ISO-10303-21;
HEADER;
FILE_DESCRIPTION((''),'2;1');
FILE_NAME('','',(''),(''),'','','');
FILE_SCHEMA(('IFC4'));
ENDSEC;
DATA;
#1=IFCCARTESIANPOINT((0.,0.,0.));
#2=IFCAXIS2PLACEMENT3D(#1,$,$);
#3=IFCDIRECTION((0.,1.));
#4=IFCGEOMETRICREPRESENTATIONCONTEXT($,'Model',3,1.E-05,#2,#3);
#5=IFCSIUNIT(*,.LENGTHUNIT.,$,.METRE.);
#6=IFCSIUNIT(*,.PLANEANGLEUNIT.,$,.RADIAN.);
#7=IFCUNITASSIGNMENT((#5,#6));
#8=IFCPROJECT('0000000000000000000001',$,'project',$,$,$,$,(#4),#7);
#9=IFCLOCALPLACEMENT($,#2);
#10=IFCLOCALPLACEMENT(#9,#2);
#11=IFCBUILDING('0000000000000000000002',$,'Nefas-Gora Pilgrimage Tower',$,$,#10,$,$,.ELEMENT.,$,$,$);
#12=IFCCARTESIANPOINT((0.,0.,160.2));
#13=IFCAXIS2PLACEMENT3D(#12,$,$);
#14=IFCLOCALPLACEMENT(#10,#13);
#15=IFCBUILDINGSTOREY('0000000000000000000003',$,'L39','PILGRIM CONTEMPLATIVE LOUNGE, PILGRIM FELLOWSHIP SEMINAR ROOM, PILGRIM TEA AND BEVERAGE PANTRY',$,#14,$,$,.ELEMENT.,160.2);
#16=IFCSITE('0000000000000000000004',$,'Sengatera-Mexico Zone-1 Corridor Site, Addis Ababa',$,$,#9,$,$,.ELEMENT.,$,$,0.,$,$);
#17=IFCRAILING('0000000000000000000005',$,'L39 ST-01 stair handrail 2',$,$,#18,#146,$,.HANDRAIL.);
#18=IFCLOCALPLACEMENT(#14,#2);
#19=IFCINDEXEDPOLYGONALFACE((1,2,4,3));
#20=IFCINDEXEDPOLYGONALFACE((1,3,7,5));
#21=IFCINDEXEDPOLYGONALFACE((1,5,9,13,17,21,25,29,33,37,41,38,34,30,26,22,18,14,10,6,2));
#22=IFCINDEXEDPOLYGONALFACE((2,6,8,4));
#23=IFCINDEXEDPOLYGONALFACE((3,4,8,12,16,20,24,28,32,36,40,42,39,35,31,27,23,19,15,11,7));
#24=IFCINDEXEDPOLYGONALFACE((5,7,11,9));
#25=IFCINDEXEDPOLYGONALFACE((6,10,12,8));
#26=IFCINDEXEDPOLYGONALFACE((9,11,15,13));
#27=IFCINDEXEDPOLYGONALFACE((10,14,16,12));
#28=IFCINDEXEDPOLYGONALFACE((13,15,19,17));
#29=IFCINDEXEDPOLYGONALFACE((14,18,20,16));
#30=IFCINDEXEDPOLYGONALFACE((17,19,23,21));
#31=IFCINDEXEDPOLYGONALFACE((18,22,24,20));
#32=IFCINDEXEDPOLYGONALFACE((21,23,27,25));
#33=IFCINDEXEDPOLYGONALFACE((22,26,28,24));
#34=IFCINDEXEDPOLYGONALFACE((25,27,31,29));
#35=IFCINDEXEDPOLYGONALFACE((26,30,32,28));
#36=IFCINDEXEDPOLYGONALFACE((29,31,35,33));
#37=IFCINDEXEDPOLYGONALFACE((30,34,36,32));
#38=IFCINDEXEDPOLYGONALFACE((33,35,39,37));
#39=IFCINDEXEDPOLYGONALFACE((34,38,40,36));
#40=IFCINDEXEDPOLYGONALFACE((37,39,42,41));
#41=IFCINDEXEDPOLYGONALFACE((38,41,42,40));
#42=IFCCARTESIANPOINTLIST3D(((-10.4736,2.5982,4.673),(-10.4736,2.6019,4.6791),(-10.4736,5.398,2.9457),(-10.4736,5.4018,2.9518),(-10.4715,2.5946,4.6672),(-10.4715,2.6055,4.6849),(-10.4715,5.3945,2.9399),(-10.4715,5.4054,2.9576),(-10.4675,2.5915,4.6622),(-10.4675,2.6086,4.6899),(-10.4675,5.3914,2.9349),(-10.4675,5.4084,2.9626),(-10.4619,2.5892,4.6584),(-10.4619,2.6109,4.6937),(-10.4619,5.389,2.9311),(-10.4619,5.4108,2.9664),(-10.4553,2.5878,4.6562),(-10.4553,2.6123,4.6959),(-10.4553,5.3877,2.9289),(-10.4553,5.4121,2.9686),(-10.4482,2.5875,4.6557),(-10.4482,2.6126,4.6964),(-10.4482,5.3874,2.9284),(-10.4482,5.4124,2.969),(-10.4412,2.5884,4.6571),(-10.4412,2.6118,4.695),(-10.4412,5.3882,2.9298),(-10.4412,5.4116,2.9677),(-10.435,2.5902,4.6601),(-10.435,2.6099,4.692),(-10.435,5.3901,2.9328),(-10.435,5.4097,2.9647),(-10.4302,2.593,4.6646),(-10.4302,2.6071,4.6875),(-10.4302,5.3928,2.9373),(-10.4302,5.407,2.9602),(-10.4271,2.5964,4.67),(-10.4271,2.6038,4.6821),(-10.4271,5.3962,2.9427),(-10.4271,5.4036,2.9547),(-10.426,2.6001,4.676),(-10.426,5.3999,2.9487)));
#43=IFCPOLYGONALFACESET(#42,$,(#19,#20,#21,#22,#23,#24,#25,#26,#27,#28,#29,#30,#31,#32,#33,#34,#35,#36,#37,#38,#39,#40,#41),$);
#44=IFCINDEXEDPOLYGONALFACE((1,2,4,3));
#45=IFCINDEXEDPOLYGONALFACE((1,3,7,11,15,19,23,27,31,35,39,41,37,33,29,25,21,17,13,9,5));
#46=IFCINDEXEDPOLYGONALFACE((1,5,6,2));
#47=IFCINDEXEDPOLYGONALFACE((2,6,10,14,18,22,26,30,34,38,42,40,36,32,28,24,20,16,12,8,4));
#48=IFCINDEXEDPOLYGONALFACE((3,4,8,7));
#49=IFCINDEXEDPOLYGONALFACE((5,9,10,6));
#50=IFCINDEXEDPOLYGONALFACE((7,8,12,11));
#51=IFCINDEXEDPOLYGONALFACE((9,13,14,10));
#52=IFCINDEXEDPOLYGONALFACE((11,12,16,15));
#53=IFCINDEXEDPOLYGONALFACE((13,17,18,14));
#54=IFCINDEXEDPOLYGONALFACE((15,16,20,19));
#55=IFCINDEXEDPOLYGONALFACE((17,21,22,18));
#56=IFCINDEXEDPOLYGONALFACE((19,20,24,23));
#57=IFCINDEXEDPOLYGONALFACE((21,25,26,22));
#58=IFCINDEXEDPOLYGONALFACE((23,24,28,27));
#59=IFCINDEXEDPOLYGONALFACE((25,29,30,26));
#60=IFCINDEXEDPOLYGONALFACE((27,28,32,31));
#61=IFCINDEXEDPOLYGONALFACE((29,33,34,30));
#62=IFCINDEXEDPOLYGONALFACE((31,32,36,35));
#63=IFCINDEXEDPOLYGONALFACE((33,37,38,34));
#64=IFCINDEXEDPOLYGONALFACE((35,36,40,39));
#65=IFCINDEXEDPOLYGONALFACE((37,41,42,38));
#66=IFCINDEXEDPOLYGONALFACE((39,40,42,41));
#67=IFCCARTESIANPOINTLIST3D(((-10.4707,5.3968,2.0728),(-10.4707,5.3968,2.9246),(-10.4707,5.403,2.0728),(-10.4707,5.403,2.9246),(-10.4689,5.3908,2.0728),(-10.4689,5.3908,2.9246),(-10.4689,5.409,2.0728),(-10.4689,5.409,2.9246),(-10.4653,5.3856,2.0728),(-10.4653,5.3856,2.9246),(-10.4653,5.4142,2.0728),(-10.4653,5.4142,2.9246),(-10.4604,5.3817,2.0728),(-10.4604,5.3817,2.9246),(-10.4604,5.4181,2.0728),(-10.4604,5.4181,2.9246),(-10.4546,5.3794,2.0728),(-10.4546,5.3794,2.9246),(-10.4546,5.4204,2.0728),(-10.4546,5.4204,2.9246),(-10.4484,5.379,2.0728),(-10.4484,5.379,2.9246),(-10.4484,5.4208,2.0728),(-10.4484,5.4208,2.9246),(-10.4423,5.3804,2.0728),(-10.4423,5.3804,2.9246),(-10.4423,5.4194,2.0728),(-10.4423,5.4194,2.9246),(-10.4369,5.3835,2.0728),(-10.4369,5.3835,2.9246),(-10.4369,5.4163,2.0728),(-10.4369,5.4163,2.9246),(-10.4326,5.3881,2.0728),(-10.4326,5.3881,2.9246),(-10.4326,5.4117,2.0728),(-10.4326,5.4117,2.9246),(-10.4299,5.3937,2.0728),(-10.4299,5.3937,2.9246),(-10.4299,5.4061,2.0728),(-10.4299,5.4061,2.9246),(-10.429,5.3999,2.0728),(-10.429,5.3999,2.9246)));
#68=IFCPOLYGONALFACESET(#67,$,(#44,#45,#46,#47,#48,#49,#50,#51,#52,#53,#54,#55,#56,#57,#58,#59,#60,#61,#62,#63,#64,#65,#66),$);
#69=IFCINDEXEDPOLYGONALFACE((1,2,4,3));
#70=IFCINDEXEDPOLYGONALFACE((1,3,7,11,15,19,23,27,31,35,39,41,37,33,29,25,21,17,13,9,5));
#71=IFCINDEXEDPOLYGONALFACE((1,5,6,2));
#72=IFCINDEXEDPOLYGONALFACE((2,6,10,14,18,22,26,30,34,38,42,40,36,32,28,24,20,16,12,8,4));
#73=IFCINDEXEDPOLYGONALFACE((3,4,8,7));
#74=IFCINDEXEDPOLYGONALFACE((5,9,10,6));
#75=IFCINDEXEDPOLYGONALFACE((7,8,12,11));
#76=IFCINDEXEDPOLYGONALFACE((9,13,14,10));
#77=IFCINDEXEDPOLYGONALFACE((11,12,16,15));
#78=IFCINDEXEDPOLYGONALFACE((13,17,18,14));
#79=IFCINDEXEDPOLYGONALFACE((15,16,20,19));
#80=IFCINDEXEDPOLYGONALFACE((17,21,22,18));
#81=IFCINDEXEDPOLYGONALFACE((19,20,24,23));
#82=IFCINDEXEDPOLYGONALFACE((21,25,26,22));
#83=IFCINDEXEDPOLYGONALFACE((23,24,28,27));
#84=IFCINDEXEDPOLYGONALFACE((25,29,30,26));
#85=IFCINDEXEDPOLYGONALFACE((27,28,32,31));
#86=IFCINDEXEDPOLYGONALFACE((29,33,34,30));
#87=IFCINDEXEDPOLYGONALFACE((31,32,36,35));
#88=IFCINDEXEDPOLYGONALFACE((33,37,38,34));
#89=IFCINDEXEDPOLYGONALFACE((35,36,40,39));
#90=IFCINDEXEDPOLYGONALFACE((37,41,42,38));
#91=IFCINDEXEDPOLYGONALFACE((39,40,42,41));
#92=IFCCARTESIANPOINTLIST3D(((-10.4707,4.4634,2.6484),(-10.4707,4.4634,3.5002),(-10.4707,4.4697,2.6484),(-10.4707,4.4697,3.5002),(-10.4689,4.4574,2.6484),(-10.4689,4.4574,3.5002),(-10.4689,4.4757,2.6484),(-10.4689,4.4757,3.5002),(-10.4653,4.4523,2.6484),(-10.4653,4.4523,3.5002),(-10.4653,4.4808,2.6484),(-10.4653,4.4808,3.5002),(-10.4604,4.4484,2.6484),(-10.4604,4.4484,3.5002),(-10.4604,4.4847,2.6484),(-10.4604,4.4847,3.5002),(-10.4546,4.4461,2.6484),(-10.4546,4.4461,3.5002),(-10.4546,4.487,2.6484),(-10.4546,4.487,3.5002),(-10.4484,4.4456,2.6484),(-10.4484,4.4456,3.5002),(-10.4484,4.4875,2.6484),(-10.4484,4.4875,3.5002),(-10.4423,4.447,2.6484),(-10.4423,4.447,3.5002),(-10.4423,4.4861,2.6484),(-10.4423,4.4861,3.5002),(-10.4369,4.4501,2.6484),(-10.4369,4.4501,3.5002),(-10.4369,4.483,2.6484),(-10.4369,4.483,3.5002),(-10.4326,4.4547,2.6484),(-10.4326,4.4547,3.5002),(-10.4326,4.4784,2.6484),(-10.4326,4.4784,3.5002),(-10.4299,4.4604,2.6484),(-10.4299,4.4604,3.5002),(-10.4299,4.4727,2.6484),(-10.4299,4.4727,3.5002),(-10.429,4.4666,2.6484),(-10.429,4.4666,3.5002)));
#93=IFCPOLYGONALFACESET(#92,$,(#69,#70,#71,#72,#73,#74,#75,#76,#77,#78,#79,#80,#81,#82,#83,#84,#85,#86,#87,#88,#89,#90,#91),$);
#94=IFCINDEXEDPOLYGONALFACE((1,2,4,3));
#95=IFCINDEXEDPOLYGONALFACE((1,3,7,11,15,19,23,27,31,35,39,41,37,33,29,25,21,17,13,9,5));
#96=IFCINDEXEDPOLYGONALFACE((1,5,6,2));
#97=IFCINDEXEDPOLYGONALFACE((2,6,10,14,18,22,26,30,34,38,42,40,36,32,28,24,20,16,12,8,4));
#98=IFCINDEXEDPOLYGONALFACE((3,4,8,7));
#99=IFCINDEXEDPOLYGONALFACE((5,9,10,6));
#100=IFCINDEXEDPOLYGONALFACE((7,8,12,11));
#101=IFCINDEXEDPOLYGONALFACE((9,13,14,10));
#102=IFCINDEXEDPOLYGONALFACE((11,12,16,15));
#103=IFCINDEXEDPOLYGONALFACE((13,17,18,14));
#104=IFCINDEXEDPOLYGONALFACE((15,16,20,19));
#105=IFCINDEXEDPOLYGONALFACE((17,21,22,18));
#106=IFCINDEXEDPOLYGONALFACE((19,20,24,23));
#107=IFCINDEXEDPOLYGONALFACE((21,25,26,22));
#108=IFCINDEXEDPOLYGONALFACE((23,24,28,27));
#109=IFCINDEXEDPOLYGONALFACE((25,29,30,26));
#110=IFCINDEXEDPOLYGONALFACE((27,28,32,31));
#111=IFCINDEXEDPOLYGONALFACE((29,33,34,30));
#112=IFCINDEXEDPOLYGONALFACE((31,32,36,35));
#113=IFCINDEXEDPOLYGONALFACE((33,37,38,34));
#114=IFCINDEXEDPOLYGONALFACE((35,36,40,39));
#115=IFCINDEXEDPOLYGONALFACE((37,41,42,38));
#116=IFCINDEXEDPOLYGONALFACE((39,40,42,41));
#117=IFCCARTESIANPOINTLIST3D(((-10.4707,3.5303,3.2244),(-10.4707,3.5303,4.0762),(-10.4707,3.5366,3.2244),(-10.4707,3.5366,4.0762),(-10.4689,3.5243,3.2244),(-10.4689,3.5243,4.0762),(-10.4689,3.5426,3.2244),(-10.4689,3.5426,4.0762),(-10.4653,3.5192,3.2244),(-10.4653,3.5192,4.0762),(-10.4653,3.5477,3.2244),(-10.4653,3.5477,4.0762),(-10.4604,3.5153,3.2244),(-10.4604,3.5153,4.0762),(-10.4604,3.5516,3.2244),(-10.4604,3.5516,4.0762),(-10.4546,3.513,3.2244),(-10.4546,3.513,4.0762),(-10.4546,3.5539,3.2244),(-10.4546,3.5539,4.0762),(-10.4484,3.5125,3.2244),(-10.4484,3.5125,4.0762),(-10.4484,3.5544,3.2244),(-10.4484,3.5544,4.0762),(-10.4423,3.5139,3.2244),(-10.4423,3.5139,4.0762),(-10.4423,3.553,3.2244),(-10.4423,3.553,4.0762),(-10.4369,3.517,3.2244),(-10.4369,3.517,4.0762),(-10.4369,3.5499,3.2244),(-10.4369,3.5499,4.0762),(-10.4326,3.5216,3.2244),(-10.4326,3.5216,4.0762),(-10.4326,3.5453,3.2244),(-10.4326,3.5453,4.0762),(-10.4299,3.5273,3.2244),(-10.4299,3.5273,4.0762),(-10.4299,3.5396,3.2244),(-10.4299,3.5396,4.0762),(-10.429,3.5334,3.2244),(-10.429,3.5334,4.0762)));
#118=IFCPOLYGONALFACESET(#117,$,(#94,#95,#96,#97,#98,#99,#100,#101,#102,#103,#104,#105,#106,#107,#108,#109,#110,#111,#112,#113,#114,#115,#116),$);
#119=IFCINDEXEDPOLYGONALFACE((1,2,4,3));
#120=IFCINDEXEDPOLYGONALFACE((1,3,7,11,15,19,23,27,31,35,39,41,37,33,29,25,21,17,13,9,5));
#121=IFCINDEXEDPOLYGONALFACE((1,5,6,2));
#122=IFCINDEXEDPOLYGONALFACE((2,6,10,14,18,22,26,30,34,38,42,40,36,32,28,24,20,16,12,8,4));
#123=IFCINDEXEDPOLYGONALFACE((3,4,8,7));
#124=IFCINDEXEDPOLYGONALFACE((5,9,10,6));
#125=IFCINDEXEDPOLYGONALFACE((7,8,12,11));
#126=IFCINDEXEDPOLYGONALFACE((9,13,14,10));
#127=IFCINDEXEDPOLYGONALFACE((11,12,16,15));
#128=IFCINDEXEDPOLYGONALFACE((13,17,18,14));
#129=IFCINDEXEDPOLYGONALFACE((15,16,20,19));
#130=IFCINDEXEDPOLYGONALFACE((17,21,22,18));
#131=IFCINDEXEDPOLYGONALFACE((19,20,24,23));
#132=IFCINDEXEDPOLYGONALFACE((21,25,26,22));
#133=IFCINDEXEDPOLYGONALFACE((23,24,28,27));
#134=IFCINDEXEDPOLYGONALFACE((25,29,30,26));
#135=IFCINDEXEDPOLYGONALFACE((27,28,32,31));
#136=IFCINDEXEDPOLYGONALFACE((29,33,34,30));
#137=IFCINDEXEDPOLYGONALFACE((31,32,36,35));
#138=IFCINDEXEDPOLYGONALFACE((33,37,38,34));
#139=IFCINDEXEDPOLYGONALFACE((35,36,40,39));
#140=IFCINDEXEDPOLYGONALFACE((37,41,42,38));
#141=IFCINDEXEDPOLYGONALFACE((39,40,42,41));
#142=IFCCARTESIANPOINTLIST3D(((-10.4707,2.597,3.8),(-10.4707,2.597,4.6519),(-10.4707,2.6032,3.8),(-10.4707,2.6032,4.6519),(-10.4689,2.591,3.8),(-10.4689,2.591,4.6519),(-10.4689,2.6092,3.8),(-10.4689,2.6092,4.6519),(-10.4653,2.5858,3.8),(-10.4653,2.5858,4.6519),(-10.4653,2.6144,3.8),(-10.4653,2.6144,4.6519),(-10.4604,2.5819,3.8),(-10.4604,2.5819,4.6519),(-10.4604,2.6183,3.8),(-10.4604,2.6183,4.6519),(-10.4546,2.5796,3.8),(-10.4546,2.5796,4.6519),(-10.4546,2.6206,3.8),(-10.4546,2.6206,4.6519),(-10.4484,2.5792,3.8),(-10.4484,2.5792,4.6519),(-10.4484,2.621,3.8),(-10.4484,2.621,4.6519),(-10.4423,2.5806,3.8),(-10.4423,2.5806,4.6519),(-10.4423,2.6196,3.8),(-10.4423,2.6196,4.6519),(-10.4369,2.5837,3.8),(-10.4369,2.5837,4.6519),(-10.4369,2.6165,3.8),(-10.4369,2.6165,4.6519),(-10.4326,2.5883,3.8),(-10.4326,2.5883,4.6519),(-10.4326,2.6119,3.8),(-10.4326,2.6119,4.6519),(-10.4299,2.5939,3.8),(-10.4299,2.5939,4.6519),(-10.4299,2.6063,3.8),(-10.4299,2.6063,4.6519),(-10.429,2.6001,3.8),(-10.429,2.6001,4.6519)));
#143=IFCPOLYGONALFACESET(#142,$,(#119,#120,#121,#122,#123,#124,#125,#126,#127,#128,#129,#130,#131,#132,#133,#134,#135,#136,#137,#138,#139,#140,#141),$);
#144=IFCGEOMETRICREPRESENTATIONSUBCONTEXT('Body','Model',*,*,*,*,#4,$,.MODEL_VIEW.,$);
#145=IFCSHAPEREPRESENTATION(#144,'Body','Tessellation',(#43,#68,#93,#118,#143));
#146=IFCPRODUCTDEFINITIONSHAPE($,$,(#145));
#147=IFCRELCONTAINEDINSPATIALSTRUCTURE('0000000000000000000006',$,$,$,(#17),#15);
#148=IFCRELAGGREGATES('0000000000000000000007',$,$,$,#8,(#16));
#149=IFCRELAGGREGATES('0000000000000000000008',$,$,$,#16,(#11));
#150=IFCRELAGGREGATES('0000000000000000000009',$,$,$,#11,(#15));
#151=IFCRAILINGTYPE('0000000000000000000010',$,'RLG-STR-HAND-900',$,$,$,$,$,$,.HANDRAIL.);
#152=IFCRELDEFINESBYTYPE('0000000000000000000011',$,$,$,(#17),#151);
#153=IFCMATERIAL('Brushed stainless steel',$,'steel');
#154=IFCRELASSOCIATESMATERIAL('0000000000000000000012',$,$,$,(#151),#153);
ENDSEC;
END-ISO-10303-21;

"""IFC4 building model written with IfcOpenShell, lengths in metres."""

from ifc_helpers import new_model, si_unit, direction, frame, origin, origin_2d, place, context, subcontext, project, spatial, circle, extrude, material, type_object, element, save


model = new_model("IFC4")

# Units and contexts
model_context = context("Model", 3, precision=1e-05, world=origin(), true_north=direction((0.0, 1.0)))
body_context = subcontext(model_context, "Body", "Model", "MODEL_VIEW")
ifc_project = project(units=[si_unit("LENGTHUNIT", "METRE"), si_unit("PLANEANGLEUNIT", "RADIAN")], contexts=[model_context])

# Site, building, storey
site_placement = place(None, origin())
site = spatial("IfcSite", under=ifc_project, at=site_placement, Name="Sengatera-Mexico Zone-1 Corridor Site, Addis Ababa", CompositionType="ELEMENT", RefElevation=0.0)
building_placement = place(site_placement, origin())
building = spatial("IfcBuilding", under=site, at=building_placement, Name="Nefas-Gora Pilgrimage Tower", CompositionType="ELEMENT")
storey_placement = place(building_placement, frame((0.0, 0.0, 160.2)))
storey = spatial("IfcBuildingStorey", under=building, at=storey_placement, Name="L39", Description="PILGRIM CONTEMPLATIVE LOUNGE, PILGRIM FELLOWSHIP SEMINAR ROOM, PILGRIM TEA AND BEVERAGE PANTRY", CompositionType="ELEMENT", Elevation=160.2)

# Railing
ifc_material_1 = material(Name="Brushed stainless steel", Category="steel")
railing_type_1 = type_object("IfcRailingType", Name="RLG-STR-HAND-900", PredefinedType="HANDRAIL", material=ifc_material_1)
railing_1_placement = place(storey_placement, frame((-10.45, 5.3999, 2.0728)))
element("IfcRailing", 1, at=railing_1_placement, inside=storey, type_object=railing_type_1, Name="L39 ST-01 stair handrail 2", PredefinedType="HANDRAIL", context=body_context, shape_type="SweptSolid", body=[
    extrude(circle(Radius=0.0239, at=origin_2d()), frame((0.0, 0.0, 0.876), z_axis=(0.0, -0.851069, 0.525054), x_axis=(1.0, 0.0, 0.0)), (0.0, 0.0, 1.0), 3.2898),
    extrude(circle(Radius=0.021, at=origin_2d()), origin(), (0.0, 0.0, 1.0), 0.8518),
    extrude(circle(Radius=0.021, at=origin_2d()), frame((0.0, -0.9333, 0.5757)), (0.0, 0.0, 1.0), 0.8518),
    extrude(circle(Radius=0.021, at=origin_2d()), frame((0.0, -1.8665, 1.1516)), (0.0, 0.0, 1.0), 0.8518),
    extrude(circle(Radius=0.021, at=origin_2d()), frame((0.0, -2.7998, 1.7273)), (0.0, 0.0, 1.0), 0.8518),
])

save(model, "model.ifc")
